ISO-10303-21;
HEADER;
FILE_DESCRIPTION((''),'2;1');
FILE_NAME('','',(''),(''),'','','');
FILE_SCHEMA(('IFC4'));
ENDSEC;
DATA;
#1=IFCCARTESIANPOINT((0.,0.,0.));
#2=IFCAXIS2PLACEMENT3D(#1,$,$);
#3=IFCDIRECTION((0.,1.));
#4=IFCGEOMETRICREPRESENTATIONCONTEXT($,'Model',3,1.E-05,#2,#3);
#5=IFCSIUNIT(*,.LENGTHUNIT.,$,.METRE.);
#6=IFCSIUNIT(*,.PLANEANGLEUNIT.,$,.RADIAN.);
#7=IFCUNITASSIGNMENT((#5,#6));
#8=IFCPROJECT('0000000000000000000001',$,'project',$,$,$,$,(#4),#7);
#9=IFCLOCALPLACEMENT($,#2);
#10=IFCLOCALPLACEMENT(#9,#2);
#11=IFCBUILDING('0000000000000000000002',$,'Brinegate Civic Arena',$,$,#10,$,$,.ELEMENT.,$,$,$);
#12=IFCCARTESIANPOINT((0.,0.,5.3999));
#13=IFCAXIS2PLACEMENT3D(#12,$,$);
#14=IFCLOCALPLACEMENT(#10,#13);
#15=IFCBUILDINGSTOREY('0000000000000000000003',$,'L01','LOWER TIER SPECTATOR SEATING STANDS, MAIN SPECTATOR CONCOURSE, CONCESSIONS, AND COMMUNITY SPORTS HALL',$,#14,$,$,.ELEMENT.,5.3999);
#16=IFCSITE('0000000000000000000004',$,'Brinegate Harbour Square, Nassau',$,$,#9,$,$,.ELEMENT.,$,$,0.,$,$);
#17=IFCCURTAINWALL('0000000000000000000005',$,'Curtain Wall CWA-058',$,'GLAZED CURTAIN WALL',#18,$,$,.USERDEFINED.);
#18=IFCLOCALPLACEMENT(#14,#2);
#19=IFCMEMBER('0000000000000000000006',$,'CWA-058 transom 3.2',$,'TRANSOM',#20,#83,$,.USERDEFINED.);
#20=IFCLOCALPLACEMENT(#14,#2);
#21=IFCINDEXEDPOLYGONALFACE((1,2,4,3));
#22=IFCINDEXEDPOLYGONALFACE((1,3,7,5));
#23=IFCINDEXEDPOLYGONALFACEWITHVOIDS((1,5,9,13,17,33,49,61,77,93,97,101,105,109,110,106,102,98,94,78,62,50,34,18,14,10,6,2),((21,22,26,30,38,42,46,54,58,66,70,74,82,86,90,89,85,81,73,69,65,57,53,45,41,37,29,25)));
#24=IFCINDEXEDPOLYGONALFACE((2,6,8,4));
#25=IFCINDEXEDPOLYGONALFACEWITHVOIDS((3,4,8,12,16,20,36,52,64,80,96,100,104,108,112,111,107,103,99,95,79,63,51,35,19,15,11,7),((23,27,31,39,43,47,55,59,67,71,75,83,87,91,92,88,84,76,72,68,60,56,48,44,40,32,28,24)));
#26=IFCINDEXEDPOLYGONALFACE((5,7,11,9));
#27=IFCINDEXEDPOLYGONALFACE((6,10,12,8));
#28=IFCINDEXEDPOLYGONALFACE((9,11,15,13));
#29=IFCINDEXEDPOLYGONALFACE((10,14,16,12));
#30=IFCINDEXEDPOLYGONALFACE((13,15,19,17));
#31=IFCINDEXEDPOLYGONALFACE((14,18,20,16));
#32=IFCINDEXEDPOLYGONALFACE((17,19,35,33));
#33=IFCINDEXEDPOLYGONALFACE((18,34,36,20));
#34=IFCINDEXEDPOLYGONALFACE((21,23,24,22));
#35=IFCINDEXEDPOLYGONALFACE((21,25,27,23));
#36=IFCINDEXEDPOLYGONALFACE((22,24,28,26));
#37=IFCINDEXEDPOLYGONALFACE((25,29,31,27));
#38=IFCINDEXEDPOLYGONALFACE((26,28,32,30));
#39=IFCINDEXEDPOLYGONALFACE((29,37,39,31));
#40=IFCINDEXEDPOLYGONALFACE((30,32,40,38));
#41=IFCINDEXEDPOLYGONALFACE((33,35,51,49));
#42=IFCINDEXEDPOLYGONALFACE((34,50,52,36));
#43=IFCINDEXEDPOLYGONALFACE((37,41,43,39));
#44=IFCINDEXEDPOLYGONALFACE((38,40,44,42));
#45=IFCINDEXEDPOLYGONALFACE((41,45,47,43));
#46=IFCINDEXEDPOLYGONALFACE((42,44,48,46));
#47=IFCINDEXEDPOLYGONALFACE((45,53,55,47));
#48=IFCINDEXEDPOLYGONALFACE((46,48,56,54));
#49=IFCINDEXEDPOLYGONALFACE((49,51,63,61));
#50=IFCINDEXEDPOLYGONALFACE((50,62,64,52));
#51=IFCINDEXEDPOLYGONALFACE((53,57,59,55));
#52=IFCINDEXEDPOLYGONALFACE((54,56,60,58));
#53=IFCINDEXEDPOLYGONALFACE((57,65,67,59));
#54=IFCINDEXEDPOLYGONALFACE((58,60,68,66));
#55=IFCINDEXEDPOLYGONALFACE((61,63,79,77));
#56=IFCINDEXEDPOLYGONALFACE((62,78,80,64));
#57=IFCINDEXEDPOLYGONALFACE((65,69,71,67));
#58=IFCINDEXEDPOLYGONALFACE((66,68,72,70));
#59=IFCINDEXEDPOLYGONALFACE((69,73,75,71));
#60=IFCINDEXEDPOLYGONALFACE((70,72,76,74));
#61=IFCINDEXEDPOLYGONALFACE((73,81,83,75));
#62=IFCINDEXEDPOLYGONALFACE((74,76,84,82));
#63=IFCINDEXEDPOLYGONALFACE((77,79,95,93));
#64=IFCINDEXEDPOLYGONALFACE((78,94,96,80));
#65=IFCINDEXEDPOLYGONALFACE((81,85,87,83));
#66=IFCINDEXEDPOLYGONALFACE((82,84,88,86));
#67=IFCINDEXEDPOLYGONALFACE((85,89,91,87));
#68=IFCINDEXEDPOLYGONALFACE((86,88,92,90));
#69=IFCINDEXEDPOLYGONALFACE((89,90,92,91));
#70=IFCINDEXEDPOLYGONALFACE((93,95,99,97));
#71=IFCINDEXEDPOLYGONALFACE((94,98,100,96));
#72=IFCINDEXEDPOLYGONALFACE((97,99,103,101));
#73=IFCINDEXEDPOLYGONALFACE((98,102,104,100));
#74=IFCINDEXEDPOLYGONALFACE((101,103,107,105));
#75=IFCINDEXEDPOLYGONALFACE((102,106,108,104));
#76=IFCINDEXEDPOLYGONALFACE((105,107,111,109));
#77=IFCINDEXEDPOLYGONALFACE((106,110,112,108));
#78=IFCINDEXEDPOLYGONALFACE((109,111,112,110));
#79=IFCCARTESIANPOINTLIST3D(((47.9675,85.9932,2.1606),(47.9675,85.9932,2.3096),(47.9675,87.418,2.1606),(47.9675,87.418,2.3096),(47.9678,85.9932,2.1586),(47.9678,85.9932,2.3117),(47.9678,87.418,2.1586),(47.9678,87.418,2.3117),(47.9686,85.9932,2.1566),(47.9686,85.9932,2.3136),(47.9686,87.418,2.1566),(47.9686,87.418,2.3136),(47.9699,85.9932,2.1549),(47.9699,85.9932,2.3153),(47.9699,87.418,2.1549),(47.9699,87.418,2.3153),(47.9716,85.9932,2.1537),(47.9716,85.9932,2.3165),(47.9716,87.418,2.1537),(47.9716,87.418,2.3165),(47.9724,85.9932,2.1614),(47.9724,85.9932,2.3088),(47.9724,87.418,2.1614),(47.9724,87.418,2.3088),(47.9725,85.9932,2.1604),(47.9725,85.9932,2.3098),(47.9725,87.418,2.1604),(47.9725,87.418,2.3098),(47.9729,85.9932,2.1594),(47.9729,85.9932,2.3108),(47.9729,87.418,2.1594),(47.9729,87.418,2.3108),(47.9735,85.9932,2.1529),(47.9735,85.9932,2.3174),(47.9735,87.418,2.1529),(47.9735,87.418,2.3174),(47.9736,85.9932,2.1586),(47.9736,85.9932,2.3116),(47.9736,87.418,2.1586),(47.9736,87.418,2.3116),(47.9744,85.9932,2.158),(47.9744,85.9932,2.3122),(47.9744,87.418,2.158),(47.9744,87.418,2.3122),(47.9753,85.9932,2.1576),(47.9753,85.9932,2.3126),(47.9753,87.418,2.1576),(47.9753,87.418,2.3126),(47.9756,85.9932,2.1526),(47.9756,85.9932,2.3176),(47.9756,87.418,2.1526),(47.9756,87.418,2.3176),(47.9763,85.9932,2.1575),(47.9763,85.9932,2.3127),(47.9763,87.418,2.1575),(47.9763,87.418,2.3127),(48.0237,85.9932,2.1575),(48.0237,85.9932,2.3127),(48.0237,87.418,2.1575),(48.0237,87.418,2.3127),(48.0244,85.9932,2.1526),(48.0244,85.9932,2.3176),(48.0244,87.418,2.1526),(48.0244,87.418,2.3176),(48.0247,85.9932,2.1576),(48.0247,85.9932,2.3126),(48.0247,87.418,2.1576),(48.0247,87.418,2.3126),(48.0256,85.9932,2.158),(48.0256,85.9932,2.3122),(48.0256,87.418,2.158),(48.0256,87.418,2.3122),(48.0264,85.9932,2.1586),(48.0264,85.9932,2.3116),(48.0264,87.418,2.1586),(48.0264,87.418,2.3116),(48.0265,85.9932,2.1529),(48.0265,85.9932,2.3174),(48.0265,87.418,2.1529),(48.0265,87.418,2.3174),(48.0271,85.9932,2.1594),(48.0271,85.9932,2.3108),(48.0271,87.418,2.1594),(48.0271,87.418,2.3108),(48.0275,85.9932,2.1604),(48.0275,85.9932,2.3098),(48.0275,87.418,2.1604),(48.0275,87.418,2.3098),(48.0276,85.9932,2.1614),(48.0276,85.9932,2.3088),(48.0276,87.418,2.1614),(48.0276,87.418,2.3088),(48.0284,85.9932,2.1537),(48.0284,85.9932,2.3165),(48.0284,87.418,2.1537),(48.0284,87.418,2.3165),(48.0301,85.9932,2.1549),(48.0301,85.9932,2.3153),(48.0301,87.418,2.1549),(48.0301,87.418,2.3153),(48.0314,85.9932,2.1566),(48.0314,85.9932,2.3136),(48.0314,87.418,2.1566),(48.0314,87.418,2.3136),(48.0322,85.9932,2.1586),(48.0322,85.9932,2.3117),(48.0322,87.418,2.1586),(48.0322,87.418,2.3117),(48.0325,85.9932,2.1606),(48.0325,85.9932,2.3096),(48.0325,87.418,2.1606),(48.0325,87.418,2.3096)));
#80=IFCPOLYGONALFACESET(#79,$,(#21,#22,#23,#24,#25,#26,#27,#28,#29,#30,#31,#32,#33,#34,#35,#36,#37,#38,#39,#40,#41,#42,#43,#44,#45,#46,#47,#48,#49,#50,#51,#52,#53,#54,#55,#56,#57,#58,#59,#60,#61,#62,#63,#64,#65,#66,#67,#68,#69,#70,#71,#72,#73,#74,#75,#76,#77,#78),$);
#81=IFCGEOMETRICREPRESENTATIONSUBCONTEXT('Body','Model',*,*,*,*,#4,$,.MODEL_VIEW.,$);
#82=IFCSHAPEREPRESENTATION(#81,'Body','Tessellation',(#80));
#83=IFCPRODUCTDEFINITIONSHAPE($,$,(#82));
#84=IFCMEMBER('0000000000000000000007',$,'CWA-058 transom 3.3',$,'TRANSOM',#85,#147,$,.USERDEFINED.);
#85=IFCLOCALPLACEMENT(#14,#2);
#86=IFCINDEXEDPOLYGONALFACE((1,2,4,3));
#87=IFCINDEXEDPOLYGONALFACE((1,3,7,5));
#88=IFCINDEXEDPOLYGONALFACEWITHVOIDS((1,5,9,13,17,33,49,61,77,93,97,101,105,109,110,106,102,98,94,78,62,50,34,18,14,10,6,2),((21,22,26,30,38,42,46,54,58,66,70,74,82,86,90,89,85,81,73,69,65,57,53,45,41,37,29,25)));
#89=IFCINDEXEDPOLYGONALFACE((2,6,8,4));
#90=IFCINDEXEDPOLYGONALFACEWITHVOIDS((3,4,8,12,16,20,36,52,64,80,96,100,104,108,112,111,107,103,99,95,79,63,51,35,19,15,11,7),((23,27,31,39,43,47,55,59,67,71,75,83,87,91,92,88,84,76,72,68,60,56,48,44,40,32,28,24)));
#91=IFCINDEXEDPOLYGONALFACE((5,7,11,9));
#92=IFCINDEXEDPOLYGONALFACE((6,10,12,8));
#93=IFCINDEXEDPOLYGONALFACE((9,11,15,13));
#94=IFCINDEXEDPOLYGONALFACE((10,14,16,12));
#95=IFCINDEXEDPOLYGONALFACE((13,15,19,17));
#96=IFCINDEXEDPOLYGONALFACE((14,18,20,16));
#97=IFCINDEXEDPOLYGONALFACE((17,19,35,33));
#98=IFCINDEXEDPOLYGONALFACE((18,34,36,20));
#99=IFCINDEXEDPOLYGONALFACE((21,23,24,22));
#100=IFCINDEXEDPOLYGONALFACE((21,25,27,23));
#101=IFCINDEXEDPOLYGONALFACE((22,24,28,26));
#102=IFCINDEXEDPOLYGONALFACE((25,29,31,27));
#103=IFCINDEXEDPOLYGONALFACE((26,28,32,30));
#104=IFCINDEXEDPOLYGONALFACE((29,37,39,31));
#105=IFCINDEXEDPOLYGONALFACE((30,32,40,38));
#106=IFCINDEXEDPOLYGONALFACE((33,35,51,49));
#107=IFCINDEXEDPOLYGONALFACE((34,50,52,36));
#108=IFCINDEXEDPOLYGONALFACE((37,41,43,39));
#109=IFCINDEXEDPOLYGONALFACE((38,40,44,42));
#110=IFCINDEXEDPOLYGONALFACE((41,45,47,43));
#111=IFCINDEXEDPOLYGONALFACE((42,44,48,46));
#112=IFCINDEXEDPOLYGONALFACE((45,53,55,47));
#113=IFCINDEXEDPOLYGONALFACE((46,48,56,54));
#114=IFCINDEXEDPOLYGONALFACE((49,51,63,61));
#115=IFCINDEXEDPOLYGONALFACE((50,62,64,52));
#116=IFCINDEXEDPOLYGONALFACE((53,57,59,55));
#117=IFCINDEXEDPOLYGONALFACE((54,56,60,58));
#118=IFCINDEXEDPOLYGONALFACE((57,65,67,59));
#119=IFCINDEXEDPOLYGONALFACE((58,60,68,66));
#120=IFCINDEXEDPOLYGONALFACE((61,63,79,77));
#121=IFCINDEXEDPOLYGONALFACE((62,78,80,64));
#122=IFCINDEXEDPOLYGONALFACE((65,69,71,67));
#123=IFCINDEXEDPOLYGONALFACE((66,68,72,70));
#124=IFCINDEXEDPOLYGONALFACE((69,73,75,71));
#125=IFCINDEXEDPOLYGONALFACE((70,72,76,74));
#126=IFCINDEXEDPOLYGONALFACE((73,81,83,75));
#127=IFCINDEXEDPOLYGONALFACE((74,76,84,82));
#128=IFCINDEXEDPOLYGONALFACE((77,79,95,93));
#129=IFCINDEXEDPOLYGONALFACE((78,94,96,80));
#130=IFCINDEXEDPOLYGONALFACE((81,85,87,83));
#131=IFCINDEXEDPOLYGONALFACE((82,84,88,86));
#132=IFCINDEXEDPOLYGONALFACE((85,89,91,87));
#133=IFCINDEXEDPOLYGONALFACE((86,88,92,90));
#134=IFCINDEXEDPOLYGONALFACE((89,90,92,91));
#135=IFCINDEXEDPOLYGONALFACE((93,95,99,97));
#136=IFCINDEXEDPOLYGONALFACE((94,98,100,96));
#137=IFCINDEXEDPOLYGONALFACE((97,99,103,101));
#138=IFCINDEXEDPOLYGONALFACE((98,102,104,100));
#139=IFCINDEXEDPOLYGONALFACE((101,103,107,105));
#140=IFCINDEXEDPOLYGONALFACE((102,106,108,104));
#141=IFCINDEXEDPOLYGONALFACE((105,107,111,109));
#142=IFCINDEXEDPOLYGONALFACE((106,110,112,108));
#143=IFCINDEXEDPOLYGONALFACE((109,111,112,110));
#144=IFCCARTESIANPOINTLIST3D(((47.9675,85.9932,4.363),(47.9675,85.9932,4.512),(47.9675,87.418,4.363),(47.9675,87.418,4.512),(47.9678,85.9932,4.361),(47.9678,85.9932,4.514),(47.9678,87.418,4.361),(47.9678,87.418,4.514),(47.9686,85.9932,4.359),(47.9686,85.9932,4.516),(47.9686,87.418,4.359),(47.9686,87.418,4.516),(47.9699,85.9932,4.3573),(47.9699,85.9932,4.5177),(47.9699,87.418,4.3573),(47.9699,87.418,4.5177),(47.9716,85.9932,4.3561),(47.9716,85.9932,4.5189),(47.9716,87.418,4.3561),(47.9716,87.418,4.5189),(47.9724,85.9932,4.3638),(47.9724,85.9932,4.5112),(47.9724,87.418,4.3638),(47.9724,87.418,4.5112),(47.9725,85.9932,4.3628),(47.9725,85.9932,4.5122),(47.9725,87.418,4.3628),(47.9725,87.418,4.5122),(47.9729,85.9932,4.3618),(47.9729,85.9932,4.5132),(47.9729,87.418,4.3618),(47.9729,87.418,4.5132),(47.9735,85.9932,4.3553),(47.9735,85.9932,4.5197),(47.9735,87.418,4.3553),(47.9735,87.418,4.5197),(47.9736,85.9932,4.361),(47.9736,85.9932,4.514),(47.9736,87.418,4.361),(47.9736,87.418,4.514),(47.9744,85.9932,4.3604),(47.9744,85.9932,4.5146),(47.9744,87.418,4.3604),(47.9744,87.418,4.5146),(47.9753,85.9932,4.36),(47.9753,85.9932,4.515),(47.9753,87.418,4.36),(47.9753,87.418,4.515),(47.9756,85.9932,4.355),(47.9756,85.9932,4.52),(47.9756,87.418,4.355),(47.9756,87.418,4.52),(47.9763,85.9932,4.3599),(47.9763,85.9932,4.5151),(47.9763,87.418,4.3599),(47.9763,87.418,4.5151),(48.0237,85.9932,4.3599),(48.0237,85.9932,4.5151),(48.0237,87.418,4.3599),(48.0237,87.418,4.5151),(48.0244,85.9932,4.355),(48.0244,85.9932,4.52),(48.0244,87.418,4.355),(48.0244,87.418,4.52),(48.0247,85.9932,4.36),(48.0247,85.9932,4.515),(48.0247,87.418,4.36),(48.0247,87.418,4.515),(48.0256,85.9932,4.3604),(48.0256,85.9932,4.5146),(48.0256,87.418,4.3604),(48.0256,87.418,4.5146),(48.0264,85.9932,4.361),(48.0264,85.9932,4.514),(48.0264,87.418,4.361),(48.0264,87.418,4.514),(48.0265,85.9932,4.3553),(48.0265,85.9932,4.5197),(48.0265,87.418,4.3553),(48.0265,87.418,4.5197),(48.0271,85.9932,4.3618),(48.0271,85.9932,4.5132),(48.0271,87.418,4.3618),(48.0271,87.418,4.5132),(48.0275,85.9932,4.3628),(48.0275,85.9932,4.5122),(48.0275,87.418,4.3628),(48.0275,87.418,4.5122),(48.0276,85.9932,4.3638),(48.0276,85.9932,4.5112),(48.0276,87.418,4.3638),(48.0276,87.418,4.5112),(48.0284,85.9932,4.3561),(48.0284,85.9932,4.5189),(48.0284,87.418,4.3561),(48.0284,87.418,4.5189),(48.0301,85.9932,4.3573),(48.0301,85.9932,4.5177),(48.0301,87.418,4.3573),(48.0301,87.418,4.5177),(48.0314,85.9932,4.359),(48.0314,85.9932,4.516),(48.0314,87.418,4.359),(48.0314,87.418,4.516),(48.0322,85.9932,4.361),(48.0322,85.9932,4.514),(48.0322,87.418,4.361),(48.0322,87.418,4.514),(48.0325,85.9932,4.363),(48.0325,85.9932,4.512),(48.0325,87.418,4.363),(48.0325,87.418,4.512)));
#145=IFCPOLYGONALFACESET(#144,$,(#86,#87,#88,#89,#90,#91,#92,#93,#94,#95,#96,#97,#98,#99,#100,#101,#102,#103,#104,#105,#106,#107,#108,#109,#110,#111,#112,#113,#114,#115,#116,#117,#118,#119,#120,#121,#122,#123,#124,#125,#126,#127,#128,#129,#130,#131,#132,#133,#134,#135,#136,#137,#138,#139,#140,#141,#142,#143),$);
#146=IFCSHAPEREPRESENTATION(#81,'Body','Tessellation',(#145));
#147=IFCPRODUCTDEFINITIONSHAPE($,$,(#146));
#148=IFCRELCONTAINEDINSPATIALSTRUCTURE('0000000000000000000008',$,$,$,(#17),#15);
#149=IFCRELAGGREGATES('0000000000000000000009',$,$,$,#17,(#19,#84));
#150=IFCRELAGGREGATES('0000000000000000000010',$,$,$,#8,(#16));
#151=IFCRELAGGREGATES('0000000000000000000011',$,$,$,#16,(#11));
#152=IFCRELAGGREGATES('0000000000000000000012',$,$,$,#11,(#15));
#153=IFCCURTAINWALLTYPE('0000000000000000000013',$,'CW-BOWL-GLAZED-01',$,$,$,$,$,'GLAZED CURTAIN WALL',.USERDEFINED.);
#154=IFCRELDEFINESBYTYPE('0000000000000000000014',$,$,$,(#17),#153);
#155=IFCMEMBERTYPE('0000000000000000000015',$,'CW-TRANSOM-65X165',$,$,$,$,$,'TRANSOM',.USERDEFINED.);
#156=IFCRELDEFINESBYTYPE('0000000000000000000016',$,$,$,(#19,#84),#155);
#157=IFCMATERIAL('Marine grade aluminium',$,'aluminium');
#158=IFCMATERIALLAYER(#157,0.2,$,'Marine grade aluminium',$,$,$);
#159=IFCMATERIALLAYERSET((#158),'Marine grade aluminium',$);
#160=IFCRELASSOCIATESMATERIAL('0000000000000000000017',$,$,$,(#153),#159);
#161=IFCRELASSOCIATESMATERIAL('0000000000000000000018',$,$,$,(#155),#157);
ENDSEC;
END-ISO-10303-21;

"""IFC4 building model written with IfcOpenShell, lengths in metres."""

from ifc_helpers import new_model, si_unit, direction, frame, origin, origin_2d, place, context, subcontext, project, spatial, hollow_rectangle, extrude, material, layer, layer_set, material_profile, profile_set, type_object, element, aggregate, save


model = new_model("IFC4")

# Units and contexts
model_context = context("Model", 3, precision=1e-05, world=origin(), true_north=direction((0.0, 1.0)))
body_context = subcontext(model_context, "Body", "Model", "MODEL_VIEW")
ifc_project = project(units=[si_unit("LENGTHUNIT", "METRE"), si_unit("PLANEANGLEUNIT", "RADIAN")], contexts=[model_context])

# Site, building, storey
site_placement = place(None, origin())
site = spatial("IfcSite", under=ifc_project, at=site_placement, Name="Brinegate Harbour Square, Nassau", CompositionType="ELEMENT", RefElevation=0.0)
building_placement = place(site_placement, origin())
building = spatial("IfcBuilding", under=site, at=building_placement, Name="Brinegate Civic Arena", CompositionType="ELEMENT")
storey_placement = place(building_placement, frame((0.0, 0.0, 5.3999)))
storey = spatial("IfcBuildingStorey", under=building, at=storey_placement, Name="L01", Description="LOWER TIER SPECTATOR SEATING STANDS, MAIN SPECTATOR CONCOURSE, CONCESSIONS, AND COMMUNITY SPORTS HALL", CompositionType="ELEMENT", Elevation=5.3999)

# Curtain wall, members
ifc_material_1 = material(Name="Marine grade aluminium", Category="aluminium")
ifc_layer_1 = layer(ifc_material_1, 0.2, Name="Marine grade aluminium")
ifc_layer_set_1 = layer_set([ifc_layer_1], Name="Marine grade aluminium")
curtain_wall_type = type_object("IfcCurtainWallType", Name="CW-BOWL-GLAZED-01", ElementType="GLAZED CURTAIN WALL", PredefinedType="USERDEFINED", material=ifc_layer_set_1)
curtain_wall_placement = place(storey_placement, origin())
curtain_wall = element("IfcCurtainWall", 1, at=curtain_wall_placement, inside=storey, type_object=curtain_wall_type, Name="Curtain Wall CWA-058", ObjectType="GLAZED CURTAIN WALL", PredefinedType="USERDEFINED")
ifc_material_profile_1 = material_profile(ifc_material_1, hollow_rectangle(XDim=0.0649, YDim=0.165, WallThickness=0.0049, InnerFilletRadius=0.0039, OuterFilletRadius=0.0081, at=origin_2d()), Name="TRN65X165")
ifc_profile_set_1 = profile_set([ifc_material_profile_1], Name="Marine grade aluminium")
member_type_1 = type_object("IfcMemberType", Name="CW-TRANSOM-65X165", ElementType="TRANSOM", PredefinedType="USERDEFINED", material=ifc_profile_set_1)
member_1_placement = place(storey_placement, frame((48.0, 85.9932, 2.2351), z_axis=(0.0, 1.0, 0.0), x_axis=(-1.0, 0.0, 0.0)))
member_1 = element("IfcMember", 2, at=member_1_placement, type_object=member_type_1, Name="CWA-058 transom 3.2", ObjectType="TRANSOM", PredefinedType="USERDEFINED", context=body_context, shape_type="SweptSolid", body=[
    extrude(hollow_rectangle(XDim=0.0649, YDim=0.165, WallThickness=0.0049, InnerFilletRadius=0.0039, OuterFilletRadius=0.0081, at=origin_2d()), origin(), (0.0, 0.0, 1.0), 1.4248),
])
member_2_placement = place(storey_placement, frame((48.0, 85.9932, 4.4375), z_axis=(0.0, 1.0, 0.0), x_axis=(-1.0, 0.0, 0.0)))
member_2 = element("IfcMember", 3, at=member_2_placement, type_object=member_type_1, Name="CWA-058 transom 3.3", ObjectType="TRANSOM", PredefinedType="USERDEFINED", context=body_context, shape_type="SweptSolid", body=[
    extrude(hollow_rectangle(XDim=0.0649, YDim=0.165, WallThickness=0.0049, InnerFilletRadius=0.0039, OuterFilletRadius=0.0081, at=origin_2d()), origin(), (0.0, 0.0, 1.0), 1.4248),
])
aggregate(curtain_wall, [member_1, member_2])

save(model, "model.ifc")
